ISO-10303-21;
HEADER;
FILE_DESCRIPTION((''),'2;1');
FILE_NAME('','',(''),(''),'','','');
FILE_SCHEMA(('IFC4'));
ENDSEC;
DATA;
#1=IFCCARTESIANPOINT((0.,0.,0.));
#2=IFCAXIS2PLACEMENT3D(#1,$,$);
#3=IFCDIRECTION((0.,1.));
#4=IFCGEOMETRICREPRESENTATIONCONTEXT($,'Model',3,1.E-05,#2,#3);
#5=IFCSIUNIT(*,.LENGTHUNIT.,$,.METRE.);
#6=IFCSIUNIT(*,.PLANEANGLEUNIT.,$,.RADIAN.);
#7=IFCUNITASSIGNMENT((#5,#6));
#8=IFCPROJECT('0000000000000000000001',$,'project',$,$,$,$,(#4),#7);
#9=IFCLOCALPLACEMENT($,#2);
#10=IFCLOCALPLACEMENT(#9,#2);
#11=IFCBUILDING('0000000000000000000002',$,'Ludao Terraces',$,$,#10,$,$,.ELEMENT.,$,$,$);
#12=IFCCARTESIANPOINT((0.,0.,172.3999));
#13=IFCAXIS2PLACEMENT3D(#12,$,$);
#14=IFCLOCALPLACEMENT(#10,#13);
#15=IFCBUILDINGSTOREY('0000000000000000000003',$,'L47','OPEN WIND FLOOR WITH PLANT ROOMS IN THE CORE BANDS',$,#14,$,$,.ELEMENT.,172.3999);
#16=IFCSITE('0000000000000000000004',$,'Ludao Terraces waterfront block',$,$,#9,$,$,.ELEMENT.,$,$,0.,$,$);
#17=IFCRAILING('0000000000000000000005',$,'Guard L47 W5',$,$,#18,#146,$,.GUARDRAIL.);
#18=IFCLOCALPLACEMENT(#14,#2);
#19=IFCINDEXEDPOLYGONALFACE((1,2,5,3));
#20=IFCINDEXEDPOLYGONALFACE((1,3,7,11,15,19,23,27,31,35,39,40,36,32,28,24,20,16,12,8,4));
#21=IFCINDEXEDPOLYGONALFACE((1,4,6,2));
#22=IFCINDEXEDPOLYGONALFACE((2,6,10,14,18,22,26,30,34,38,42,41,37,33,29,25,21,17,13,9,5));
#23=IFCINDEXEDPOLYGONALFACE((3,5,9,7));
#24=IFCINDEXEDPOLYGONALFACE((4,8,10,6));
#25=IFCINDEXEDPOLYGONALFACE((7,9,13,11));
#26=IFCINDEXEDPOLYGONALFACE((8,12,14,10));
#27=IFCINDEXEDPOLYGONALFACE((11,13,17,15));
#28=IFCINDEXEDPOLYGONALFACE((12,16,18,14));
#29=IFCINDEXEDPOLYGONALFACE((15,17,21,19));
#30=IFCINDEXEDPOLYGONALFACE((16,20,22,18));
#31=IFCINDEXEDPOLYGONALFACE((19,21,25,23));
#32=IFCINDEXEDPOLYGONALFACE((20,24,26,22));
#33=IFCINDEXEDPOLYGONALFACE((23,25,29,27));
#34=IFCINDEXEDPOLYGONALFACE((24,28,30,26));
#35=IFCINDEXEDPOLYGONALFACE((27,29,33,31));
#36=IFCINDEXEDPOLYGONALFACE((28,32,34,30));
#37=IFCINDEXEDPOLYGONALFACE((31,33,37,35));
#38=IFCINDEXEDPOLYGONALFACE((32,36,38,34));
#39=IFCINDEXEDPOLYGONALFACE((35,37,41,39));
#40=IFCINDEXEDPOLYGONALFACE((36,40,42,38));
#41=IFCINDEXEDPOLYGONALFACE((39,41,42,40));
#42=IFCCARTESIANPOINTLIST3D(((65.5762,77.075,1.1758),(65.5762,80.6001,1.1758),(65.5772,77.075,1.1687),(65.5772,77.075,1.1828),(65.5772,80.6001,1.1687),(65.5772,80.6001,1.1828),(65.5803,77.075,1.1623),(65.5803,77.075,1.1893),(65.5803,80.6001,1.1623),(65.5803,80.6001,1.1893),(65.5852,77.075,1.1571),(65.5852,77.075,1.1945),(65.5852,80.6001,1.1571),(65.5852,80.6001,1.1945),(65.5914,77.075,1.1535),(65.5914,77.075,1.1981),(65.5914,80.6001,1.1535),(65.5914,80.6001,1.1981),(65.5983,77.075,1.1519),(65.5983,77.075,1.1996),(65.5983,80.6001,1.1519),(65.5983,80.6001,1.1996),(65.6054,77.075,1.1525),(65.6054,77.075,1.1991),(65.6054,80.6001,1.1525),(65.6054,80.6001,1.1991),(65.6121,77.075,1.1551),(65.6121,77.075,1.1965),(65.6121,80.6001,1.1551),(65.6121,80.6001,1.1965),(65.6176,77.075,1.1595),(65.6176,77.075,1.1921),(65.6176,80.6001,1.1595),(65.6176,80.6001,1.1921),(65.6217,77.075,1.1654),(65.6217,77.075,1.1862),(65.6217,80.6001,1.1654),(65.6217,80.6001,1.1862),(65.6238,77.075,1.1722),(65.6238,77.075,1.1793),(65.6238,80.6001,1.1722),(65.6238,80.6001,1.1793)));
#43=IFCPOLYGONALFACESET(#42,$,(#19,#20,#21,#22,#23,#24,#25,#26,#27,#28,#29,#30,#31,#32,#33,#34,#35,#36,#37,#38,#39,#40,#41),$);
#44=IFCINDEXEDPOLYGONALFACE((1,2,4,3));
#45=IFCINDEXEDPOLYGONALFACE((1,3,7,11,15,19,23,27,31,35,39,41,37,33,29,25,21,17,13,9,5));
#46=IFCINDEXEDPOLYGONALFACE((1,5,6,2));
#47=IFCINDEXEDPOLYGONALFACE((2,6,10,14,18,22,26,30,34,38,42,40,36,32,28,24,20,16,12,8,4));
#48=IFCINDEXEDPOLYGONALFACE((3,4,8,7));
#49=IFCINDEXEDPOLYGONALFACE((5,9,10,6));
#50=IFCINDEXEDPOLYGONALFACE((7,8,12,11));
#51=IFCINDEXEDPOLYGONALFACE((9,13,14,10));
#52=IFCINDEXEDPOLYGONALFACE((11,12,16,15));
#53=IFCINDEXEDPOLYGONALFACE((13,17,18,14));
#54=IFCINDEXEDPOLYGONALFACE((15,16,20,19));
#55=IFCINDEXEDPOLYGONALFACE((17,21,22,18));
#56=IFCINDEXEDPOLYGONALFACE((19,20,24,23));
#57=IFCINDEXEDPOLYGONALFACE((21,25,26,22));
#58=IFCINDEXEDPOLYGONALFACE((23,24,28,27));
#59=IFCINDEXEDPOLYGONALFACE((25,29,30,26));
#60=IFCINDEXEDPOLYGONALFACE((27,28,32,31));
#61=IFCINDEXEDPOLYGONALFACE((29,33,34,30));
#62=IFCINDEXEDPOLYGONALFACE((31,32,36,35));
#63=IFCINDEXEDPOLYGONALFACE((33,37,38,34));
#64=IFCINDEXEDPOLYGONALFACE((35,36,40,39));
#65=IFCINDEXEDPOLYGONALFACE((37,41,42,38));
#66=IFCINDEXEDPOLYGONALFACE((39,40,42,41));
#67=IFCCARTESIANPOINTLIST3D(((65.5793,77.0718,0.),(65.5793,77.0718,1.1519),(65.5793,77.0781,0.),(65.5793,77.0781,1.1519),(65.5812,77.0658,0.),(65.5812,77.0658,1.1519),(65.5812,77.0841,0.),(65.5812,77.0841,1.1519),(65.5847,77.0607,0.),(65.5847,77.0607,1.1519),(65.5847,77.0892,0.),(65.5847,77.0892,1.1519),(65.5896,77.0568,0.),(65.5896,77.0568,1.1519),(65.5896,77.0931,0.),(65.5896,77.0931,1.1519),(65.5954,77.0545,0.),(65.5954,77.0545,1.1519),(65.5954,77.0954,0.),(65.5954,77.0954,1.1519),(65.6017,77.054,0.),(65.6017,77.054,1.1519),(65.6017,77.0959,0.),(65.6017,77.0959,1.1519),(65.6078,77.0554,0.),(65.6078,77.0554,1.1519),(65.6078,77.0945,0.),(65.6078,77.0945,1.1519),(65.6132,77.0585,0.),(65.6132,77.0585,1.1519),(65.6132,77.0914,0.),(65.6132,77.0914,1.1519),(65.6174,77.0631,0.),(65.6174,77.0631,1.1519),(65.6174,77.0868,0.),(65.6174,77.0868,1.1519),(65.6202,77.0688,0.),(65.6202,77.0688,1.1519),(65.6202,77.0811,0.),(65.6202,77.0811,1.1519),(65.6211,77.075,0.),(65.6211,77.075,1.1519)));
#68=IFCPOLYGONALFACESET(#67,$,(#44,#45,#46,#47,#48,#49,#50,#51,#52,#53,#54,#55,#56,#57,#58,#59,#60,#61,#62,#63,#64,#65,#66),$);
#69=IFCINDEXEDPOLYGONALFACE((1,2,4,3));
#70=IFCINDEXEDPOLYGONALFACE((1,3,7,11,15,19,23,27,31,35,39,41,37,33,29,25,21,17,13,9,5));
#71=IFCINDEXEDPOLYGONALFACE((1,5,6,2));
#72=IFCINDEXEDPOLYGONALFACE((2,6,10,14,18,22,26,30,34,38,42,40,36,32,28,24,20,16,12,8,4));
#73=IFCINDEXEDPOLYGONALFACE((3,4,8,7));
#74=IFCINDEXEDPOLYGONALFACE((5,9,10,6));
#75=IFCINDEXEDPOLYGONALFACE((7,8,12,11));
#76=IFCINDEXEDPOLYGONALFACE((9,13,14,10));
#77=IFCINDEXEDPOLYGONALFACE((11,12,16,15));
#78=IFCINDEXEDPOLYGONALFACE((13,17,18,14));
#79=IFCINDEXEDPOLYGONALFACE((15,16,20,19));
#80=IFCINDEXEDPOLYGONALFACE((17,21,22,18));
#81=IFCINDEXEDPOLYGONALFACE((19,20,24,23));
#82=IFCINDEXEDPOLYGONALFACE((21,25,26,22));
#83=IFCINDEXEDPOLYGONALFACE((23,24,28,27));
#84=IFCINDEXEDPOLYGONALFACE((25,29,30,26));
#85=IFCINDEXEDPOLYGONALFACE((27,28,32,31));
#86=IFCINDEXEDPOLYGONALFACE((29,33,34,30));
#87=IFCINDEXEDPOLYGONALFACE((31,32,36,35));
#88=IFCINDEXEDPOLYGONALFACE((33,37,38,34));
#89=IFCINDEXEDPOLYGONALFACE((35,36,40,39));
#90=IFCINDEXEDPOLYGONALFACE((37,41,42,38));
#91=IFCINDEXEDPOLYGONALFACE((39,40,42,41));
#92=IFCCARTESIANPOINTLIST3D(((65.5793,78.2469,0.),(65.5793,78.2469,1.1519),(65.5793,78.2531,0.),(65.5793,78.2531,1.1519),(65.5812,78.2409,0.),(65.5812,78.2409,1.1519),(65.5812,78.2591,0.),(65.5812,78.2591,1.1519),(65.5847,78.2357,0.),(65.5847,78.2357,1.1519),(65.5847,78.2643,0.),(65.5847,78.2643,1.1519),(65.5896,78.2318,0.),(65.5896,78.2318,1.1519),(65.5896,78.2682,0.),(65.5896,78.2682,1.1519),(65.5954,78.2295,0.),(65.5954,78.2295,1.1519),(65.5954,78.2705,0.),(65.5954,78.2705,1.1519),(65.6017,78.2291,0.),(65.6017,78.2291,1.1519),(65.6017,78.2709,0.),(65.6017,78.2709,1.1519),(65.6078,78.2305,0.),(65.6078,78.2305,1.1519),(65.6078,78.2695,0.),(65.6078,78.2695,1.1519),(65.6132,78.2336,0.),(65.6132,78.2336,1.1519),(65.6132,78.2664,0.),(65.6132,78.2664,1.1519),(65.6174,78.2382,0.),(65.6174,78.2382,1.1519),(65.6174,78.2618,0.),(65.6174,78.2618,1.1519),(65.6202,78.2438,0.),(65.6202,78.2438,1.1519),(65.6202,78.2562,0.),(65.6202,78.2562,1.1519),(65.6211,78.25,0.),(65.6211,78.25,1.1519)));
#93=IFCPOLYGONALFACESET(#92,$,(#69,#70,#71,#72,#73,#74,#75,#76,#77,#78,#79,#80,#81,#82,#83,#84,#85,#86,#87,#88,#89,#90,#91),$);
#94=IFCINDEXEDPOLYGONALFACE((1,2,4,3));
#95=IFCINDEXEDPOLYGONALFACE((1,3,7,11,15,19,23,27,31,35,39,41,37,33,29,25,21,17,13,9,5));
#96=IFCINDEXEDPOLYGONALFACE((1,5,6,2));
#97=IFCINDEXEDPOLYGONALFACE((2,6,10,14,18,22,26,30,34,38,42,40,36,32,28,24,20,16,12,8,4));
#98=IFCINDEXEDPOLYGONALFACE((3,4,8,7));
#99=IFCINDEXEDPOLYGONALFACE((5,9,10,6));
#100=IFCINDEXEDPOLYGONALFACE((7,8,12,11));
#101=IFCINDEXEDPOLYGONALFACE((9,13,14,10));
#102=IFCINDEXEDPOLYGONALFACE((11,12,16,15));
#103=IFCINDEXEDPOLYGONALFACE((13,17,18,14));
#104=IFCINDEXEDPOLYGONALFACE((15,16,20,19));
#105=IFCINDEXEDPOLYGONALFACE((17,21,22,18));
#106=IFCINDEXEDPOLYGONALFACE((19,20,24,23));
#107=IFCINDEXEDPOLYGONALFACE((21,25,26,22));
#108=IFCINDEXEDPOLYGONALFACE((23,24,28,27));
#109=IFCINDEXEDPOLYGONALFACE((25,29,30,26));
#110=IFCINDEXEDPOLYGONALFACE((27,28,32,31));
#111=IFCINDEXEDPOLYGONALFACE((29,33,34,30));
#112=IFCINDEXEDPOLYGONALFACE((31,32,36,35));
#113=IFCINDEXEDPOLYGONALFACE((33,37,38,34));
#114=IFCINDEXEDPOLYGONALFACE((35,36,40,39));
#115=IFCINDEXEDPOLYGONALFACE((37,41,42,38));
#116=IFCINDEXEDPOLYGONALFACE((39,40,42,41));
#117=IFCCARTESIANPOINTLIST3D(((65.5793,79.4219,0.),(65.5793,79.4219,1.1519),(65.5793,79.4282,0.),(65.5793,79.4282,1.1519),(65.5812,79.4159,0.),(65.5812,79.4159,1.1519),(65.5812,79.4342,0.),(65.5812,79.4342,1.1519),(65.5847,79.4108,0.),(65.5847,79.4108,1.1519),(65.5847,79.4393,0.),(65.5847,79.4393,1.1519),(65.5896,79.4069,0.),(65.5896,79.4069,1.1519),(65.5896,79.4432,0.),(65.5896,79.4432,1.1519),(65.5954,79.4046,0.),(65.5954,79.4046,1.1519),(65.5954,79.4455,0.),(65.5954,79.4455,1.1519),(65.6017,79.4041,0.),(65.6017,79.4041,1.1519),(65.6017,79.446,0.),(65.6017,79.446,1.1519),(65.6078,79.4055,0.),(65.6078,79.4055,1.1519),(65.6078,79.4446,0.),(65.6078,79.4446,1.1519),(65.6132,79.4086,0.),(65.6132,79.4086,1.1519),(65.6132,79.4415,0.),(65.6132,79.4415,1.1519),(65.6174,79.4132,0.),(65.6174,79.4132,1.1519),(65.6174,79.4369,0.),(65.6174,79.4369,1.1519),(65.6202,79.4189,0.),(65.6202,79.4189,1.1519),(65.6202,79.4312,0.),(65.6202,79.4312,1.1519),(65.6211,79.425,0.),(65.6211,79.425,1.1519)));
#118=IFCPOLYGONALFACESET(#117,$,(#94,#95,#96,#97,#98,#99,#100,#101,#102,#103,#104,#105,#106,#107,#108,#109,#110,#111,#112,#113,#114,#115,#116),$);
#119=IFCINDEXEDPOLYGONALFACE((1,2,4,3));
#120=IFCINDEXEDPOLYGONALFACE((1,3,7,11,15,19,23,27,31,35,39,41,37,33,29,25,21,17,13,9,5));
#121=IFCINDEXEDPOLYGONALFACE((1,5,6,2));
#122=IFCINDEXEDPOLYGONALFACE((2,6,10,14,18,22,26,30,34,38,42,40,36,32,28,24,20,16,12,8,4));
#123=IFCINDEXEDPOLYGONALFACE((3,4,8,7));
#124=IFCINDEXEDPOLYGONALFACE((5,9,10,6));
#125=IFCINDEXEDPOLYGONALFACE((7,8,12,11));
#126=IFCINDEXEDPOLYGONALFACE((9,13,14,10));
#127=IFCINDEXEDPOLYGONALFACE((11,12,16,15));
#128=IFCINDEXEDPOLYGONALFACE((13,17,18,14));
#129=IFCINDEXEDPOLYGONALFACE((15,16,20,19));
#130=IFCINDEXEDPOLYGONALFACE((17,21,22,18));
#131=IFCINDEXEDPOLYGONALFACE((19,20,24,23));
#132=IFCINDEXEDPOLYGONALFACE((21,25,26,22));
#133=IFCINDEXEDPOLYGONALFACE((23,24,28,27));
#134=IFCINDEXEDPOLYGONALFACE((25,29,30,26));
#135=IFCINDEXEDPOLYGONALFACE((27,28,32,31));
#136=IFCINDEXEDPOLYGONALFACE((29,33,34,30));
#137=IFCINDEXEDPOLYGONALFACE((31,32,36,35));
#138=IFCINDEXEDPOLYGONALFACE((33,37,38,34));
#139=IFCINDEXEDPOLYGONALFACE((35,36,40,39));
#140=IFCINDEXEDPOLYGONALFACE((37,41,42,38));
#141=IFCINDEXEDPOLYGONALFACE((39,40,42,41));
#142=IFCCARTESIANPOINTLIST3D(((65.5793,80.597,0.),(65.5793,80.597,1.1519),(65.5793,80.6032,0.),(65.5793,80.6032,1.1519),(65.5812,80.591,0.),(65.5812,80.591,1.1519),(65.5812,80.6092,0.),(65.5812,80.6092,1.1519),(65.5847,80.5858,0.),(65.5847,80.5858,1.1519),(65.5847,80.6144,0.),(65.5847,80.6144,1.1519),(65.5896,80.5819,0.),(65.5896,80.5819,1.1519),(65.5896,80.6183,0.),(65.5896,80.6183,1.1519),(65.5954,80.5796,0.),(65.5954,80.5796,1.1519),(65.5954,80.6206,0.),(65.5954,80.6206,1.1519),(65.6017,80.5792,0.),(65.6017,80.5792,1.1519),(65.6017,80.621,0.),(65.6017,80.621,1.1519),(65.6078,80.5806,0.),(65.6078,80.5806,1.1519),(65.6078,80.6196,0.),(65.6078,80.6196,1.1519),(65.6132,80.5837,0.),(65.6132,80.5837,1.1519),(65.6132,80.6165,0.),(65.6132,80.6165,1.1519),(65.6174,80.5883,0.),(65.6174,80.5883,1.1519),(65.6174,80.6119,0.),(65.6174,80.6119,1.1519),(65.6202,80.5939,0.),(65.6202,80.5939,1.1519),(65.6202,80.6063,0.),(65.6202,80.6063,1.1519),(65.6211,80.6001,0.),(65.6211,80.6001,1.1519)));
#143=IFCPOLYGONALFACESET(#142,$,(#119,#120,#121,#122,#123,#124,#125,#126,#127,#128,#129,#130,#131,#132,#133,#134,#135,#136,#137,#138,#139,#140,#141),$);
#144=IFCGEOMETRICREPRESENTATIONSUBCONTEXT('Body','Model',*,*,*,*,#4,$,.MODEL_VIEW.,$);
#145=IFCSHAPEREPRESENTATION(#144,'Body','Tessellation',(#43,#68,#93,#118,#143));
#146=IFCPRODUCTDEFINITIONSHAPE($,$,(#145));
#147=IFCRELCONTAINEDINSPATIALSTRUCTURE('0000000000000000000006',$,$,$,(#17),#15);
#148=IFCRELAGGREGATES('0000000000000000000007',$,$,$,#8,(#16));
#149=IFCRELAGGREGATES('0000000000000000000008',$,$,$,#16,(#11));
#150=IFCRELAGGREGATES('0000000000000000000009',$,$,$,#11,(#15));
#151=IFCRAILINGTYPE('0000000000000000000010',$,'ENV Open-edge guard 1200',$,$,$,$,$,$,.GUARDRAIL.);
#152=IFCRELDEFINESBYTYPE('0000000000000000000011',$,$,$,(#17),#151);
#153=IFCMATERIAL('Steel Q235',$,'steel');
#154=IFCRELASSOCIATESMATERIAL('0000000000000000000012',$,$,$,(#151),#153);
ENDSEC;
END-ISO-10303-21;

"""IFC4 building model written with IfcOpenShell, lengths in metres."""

from ifc_helpers import new_model, si_unit, direction, frame, origin, origin_2d, place, context, subcontext, project, spatial, circle, extrude, material, type_object, element, save


model = new_model("IFC4")

# Units and contexts
model_context = context("Model", 3, precision=1e-05, world=origin(), true_north=direction((0.0, 1.0)))
body_context = subcontext(model_context, "Body", "Model", "MODEL_VIEW")
ifc_project = project(units=[si_unit("LENGTHUNIT", "METRE"), si_unit("PLANEANGLEUNIT", "RADIAN")], contexts=[model_context])

# Site, building, storey
site_placement = place(None, origin())
site = spatial("IfcSite", under=ifc_project, at=site_placement, Name="Ludao Terraces waterfront block", CompositionType="ELEMENT", RefElevation=0.0)
building_placement = place(site_placement, origin())
building = spatial("IfcBuilding", under=site, at=building_placement, Name="Ludao Terraces", CompositionType="ELEMENT")
storey_placement = place(building_placement, frame((0.0, 0.0, 172.3999)))
storey = spatial("IfcBuildingStorey", under=building, at=storey_placement, Name="L47", Description="OPEN WIND FLOOR WITH PLANT ROOMS IN THE CORE BANDS", CompositionType="ELEMENT", Elevation=172.3999)

# Shared definitions
ifc_material_1 = material(Name="Steel Q235", Category="steel")

# Railing
railing_type_1 = type_object("IfcRailingType", Name="ENV Open-edge guard 1200", PredefinedType="GUARDRAIL", material=ifc_material_1)
railing_1_placement = place(storey_placement, frame((65.6001, 77.075, 0.0)))
element("IfcRailing", 1, at=railing_1_placement, inside=storey, type_object=railing_type_1, Name="Guard L47 W5", PredefinedType="GUARDRAIL", context=body_context, shape_type="SweptSolid", body=[
    extrude(circle(Radius=0.0239, at=origin_2d()), frame((0.0, 0.0, 1.1758), z_axis=(0.0, 1.0, 0.0), x_axis=(-1.0, 0.0, 0.0)), (0.0, 0.0, 1.0), 3.5251),
    extrude(circle(Radius=0.021, at=origin_2d()), origin(), (0.0, 0.0, 1.0), 1.1519),
    extrude(circle(Radius=0.021, at=origin_2d()), frame((0.0, 1.175, 0.0)), (0.0, 0.0, 1.0), 1.1519),
    extrude(circle(Radius=0.021, at=origin_2d()), frame((0.0, 2.3501, 0.0)), (0.0, 0.0, 1.0), 1.1519),
    extrude(circle(Radius=0.021, at=origin_2d()), frame((0.0, 3.5251, 0.0)), (0.0, 0.0, 1.0), 1.1519),
])

save(model, "model.ifc")
